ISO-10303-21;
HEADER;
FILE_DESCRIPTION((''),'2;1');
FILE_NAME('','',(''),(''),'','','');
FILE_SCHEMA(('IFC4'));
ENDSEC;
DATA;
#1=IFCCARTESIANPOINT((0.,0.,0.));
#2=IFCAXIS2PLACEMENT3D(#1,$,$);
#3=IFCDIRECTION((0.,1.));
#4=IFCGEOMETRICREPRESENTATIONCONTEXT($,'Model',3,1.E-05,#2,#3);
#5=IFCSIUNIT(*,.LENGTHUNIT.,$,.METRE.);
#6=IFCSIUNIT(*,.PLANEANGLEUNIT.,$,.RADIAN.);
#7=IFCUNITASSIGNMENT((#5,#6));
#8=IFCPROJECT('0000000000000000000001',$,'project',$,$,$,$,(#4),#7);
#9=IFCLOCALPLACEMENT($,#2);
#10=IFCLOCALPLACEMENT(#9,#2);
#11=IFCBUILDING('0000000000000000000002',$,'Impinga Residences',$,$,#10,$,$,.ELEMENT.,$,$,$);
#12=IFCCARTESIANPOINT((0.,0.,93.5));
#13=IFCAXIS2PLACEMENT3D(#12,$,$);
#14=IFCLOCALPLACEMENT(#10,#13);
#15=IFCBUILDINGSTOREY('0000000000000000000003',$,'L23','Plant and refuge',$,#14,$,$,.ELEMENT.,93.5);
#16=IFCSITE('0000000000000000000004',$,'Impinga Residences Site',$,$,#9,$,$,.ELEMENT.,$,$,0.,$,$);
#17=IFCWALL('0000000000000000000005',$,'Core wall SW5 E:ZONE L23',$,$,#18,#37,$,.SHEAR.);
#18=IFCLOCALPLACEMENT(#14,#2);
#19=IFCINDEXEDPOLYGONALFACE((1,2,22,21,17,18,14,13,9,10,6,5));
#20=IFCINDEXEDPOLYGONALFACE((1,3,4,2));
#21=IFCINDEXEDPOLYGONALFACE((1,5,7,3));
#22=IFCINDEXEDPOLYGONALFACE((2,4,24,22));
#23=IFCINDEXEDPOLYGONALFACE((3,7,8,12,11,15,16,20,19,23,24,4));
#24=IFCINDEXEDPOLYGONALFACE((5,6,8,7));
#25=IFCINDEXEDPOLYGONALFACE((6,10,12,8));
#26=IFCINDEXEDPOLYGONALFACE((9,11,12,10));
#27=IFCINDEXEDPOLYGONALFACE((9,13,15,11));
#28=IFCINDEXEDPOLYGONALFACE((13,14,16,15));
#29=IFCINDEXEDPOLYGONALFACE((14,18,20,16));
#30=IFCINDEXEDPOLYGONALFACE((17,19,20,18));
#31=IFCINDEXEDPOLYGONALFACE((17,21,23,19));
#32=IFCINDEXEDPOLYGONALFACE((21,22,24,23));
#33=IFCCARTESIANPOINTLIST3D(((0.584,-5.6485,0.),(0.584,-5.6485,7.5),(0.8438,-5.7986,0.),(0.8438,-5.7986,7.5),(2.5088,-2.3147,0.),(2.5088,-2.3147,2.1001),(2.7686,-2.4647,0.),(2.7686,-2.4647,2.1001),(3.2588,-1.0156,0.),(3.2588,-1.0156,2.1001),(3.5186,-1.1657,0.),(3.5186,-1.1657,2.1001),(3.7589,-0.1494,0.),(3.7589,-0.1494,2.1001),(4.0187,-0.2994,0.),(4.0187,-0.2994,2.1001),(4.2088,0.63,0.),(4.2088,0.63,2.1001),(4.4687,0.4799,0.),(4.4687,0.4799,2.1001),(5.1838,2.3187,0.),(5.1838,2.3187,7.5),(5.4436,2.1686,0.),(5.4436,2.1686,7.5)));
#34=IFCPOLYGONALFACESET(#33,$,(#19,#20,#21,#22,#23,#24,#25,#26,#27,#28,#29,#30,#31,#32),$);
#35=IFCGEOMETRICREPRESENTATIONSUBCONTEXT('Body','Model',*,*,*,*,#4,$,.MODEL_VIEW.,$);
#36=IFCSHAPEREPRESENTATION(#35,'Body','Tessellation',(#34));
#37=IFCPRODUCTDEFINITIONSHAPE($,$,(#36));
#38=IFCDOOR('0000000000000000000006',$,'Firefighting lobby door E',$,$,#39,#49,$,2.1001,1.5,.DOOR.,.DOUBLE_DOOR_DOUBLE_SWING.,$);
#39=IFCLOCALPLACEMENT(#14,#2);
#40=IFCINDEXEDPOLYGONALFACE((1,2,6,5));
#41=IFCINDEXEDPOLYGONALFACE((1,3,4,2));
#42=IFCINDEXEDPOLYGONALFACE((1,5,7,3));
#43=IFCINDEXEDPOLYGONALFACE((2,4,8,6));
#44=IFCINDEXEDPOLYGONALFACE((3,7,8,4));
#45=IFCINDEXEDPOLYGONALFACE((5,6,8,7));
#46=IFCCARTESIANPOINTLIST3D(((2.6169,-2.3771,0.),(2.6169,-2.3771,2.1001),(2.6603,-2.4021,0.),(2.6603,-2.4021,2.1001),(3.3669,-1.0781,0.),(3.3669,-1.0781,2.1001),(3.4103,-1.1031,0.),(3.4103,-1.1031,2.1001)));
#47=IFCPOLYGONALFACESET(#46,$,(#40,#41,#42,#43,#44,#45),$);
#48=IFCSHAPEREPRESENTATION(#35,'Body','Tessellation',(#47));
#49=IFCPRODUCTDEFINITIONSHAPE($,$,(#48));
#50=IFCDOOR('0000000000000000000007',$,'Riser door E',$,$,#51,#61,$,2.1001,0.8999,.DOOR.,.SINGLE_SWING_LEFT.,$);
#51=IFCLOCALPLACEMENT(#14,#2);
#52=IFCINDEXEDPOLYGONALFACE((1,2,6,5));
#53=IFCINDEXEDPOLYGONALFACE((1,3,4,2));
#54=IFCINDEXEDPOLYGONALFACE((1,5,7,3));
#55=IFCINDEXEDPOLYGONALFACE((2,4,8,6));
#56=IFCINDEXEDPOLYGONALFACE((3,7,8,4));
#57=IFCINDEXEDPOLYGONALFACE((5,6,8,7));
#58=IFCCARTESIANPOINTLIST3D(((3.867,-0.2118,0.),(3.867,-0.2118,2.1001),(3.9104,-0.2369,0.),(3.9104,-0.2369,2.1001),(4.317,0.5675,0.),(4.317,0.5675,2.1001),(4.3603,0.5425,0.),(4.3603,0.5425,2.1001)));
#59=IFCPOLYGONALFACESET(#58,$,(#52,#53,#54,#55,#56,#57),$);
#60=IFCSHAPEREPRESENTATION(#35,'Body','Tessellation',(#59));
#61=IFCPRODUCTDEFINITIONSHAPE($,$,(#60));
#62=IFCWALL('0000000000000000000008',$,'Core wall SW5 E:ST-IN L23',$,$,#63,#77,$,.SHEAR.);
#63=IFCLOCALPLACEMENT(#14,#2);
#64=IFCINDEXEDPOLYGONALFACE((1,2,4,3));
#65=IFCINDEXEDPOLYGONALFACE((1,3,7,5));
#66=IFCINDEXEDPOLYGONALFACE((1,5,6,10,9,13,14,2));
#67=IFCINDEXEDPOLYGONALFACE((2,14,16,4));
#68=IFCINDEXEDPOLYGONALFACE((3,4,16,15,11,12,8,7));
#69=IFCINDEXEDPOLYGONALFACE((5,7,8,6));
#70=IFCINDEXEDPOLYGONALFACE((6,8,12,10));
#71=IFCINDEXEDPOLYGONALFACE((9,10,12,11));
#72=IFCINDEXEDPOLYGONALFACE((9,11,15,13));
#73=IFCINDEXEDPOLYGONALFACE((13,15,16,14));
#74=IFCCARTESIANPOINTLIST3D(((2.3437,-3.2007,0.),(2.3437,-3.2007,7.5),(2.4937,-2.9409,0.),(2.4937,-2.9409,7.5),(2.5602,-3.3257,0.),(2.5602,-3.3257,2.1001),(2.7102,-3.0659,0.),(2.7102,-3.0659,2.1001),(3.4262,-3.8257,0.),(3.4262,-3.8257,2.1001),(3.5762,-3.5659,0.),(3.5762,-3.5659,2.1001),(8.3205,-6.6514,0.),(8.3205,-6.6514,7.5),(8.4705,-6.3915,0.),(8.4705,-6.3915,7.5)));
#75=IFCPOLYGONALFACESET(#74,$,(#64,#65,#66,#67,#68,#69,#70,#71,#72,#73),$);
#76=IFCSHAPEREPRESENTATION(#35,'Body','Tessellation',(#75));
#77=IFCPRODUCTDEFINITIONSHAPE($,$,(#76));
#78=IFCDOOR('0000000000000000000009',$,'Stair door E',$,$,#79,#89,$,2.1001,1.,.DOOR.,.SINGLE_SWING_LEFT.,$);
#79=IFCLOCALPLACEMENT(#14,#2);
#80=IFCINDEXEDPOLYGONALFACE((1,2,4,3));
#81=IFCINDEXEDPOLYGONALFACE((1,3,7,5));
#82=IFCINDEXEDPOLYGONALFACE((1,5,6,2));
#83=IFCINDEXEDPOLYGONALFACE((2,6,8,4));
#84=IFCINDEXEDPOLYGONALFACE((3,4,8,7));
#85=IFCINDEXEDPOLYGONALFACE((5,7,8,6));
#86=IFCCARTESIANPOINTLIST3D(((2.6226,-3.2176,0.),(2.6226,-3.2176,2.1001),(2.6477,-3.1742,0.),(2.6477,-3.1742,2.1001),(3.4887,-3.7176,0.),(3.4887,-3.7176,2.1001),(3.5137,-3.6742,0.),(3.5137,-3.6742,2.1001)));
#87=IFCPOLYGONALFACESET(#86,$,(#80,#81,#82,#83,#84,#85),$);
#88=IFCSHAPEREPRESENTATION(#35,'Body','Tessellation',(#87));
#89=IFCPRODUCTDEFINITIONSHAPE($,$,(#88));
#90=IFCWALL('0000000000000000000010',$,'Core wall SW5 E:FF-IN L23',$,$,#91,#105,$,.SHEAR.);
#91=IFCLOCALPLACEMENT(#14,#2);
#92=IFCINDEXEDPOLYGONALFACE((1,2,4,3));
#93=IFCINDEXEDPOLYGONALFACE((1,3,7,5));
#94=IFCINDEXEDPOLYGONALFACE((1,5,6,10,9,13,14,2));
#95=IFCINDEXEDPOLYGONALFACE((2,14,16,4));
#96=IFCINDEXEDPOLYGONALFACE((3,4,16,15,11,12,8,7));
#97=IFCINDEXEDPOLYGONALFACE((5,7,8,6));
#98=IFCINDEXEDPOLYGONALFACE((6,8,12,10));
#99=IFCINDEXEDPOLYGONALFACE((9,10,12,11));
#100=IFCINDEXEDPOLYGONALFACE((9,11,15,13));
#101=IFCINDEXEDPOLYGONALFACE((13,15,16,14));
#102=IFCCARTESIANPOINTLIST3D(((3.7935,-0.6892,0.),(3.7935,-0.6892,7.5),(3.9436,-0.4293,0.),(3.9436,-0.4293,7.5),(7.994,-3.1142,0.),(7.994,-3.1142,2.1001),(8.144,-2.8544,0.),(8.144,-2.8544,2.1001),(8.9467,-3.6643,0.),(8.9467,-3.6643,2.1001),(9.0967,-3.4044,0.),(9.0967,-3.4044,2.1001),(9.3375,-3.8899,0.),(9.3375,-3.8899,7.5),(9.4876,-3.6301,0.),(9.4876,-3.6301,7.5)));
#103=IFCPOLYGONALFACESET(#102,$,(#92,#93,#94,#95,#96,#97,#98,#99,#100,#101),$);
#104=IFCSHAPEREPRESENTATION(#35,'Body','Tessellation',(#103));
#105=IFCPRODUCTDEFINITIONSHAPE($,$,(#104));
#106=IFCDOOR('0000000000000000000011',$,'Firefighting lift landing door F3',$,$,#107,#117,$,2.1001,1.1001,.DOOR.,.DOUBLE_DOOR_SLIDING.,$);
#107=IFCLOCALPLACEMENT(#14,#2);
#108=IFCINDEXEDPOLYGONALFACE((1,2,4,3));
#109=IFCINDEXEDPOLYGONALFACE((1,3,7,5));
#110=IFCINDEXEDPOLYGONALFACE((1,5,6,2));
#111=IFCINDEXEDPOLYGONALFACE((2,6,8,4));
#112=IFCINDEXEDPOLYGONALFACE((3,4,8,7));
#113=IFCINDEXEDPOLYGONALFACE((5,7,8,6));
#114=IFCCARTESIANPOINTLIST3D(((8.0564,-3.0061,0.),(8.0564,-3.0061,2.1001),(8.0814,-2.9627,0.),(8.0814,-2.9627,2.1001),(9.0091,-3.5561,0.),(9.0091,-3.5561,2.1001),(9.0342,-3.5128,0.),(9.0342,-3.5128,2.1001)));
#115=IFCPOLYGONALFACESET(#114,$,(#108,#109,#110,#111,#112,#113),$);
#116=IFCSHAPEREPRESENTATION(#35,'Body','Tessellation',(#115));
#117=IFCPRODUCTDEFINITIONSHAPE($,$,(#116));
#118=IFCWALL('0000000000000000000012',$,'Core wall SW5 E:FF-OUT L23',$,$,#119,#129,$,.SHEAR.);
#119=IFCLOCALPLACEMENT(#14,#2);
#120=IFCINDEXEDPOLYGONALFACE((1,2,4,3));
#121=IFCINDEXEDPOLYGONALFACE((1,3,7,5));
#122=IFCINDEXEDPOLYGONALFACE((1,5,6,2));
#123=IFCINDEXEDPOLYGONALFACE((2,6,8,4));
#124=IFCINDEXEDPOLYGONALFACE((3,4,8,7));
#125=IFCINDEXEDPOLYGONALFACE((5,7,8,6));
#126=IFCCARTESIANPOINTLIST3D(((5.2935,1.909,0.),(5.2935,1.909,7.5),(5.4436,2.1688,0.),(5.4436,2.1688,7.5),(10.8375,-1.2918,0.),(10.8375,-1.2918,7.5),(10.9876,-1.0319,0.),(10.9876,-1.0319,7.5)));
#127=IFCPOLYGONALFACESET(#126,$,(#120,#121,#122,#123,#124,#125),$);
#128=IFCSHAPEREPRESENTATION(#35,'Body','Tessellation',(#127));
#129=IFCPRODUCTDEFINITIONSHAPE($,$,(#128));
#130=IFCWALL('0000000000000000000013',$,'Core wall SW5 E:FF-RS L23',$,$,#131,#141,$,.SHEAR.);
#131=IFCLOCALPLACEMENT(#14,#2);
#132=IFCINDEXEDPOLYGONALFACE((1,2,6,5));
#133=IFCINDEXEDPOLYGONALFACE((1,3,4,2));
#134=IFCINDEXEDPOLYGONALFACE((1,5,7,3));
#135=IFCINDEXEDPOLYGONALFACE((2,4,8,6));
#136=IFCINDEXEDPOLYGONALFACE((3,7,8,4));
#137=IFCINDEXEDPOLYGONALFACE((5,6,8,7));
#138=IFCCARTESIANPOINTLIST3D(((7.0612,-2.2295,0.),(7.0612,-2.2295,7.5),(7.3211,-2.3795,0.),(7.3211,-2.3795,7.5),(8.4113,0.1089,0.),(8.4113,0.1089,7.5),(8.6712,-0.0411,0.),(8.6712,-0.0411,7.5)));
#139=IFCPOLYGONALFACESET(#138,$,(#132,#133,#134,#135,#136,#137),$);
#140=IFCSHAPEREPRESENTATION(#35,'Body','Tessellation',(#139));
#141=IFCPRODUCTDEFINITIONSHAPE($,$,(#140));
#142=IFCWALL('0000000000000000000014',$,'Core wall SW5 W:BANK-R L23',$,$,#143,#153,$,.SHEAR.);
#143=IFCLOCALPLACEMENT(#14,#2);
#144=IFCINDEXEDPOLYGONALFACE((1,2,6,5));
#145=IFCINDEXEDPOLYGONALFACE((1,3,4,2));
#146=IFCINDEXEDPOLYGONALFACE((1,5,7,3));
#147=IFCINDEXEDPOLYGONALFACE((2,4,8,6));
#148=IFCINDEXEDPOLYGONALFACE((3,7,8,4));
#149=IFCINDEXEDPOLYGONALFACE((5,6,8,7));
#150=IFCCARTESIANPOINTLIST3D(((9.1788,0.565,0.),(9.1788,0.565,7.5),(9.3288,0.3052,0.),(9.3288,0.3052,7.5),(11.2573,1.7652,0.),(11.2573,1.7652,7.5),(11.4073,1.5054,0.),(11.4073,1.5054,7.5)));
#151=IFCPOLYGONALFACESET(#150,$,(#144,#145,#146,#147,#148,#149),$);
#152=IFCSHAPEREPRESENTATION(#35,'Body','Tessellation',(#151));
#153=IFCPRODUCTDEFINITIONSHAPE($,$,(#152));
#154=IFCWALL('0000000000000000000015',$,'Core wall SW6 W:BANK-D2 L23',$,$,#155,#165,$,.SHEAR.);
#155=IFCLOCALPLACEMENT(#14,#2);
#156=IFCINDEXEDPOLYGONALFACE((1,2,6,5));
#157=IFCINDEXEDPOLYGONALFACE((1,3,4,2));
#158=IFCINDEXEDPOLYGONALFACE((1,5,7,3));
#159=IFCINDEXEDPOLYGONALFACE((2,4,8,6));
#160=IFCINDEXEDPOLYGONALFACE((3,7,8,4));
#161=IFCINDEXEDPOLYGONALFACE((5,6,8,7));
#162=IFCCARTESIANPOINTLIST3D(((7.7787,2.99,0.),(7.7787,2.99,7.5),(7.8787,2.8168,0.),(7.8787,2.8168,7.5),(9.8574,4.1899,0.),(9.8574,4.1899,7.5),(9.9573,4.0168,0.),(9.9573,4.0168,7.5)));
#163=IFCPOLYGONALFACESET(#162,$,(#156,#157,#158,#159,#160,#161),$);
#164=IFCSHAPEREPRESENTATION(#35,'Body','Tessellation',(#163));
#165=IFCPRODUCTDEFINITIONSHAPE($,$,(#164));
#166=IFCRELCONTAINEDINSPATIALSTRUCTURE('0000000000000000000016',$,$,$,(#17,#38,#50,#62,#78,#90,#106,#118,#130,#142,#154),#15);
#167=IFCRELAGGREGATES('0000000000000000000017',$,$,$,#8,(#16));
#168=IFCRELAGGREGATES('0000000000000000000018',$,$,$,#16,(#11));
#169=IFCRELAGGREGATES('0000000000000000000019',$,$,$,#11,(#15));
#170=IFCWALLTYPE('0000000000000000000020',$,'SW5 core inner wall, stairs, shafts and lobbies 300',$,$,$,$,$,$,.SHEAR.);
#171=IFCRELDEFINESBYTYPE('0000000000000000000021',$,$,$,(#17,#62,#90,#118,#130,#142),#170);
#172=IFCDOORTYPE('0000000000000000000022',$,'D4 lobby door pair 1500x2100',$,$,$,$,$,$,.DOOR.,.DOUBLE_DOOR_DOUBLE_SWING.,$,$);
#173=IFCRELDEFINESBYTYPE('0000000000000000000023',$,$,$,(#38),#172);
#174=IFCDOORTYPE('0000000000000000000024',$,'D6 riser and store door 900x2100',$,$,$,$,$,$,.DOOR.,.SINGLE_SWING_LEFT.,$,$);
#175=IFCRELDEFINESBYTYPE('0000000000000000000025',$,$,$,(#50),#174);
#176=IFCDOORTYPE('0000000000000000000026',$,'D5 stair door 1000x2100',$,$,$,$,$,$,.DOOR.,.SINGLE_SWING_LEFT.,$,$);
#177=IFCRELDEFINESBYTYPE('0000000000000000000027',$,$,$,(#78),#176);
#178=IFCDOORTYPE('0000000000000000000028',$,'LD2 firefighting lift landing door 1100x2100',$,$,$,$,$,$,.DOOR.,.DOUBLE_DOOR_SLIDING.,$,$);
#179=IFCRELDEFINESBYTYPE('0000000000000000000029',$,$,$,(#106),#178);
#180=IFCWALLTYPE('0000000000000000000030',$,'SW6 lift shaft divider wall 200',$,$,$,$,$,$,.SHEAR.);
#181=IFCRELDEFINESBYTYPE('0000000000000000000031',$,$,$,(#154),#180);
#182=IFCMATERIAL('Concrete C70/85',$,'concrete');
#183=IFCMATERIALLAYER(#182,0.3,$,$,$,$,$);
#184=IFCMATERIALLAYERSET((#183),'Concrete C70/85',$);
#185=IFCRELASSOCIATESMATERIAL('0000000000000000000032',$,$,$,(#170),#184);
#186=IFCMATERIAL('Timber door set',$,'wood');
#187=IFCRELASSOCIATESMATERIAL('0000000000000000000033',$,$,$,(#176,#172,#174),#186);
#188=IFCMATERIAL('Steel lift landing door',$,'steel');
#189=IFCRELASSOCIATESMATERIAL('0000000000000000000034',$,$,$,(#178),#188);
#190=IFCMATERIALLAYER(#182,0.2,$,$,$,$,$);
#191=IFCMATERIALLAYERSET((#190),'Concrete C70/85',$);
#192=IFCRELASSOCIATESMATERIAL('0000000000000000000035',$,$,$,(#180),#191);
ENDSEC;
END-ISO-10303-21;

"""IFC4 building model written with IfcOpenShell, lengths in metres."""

from ifc_helpers import new_model, si_unit, direction, frame, frame_2d, origin, place, context, subcontext, project, spatial, rectangle, extrude, material, layer, layer_set, type_object, element, fill, save


model = new_model("IFC4")

# Units and contexts
model_context = context("Model", 3, precision=1e-05, world=origin(), true_north=direction((0.0, 1.0)))
body_context = subcontext(model_context, "Body", "Model", "MODEL_VIEW")
ifc_project = project(units=[si_unit("LENGTHUNIT", "METRE"), si_unit("PLANEANGLEUNIT", "RADIAN")], contexts=[model_context])

# Site, building, storey
site_placement = place(None, origin())
site = spatial("IfcSite", under=ifc_project, at=site_placement, Name="Impinga Residences Site", CompositionType="ELEMENT", RefElevation=0.0)
building_placement = place(site_placement, origin())
building = spatial("IfcBuilding", under=site, at=building_placement, Name="Impinga Residences", CompositionType="ELEMENT")
storey_placement = place(building_placement, frame((0.0, 0.0, 93.5)))
storey = spatial("IfcBuildingStorey", under=building, at=storey_placement, Name="L23", Description="Plant and refuge", CompositionType="ELEMENT", Elevation=93.5)

# Shared definitions
ifc_material_1 = material(Name="Timber door set", Category="wood")
ifc_material_2 = material(Name="Concrete C70/85", Category="concrete")
ifc_layer_1 = layer(ifc_material_2, 0.3)
ifc_layer_set_1 = layer_set([ifc_layer_1], Name="Concrete C70/85")
wall_type_1 = type_object("IfcWallType", Name="SW5 core inner wall, stairs, shafts and lobbies 300", PredefinedType="SHEAR", material=ifc_layer_set_1)
door_type_1 = type_object("IfcDoorType", Name="D5 stair door 1000x2100", OperationType="SINGLE_SWING_LEFT", PredefinedType="DOOR", material=ifc_material_1)

# Wall, openings, doors
wall_1_placement = place(storey_placement, frame((5.3137, 2.2437, 0.0), z_axis=(0.0, 0.0, 1.0), x_axis=(-0.499995, -0.866028, 0.0)))
wall_1 = element("IfcWall", 1, at=wall_1_placement, inside=storey, type_object=wall_type_1, Name="Core wall SW5 E:ZONE L23", PredefinedType="SHEAR", context=body_context, shape_type="SweptSolid", body=[
    extrude(rectangle(XDim=9.1997, YDim=0.3, at=frame_2d((4.5999, 0.0))), origin(), (0.0, 0.0, 1.0), 7.5),
])
opening_1_placement = place(wall_1_placement, frame((3.8501, 0.0, 0.0)))
opening_1 = element("IfcOpeningElement", 2, at=opening_1_placement, cuts=wall_1, PredefinedType="OPENING", context=body_context, shape_type="SweptSolid", body=[
    extrude(rectangle(XDim=1.5, YDim=2.1001, at=frame_2d((0.75, 1.05))), frame((0.0, 0.1599, 0.0), z_axis=(0.0, -1.0, 0.0), x_axis=(1.0, 0.0, 0.0)), (0.0, 0.0, 1.0), 0.3201),
])
opening_2_placement = place(wall_1_placement, frame((1.95, 0.0, 0.0)))
opening_2 = element("IfcOpeningElement", 3, at=opening_2_placement, cuts=wall_1, PredefinedType="OPENING", context=body_context, shape_type="SweptSolid", body=[
    extrude(rectangle(XDim=0.8999, YDim=2.1001, at=frame_2d((0.45, 1.05))), frame((0.0, 0.1599, 0.0), z_axis=(0.0, -1.0, 0.0), x_axis=(1.0, 0.0, 0.0)), (0.0, 0.0, 1.0), 0.3201),
])
door_type_2 = type_object("IfcDoorType", Name="D4 lobby door pair 1500x2100", OperationType="DOUBLE_DOOR_DOUBLE_SWING", PredefinedType="DOOR", material=ifc_material_1)
door_1_placement = place(opening_1_placement, origin())
door_1 = element("IfcDoor", 4, at=door_1_placement, inside=storey, type_object=door_type_2, Name="Firefighting lobby door E", OperationType="DOUBLE_DOOR_DOUBLE_SWING", OverallHeight=2.1001, OverallWidth=1.5, PredefinedType="DOOR", context=body_context, shape_type="SweptSolid", body=[
    extrude(rectangle(XDim=1.5, YDim=2.1001, at=frame_2d((0.75, 1.05))), frame((0.0, 0.0249, 0.0), z_axis=(0.0, -1.0, 0.0), x_axis=(1.0, 0.0, 0.0)), (0.0, 0.0, 1.0), 0.05),
])
fill(opening_1, door_1)
door_type_3 = type_object("IfcDoorType", Name="D6 riser and store door 900x2100", OperationType="SINGLE_SWING_LEFT", PredefinedType="DOOR", material=ifc_material_1)
door_2_placement = place(opening_2_placement, origin())
door_2 = element("IfcDoor", 5, at=door_2_placement, inside=storey, type_object=door_type_3, Name="Riser door E", OperationType="SINGLE_SWING_LEFT", OverallHeight=2.1001, OverallWidth=0.8999, PredefinedType="DOOR", context=body_context, shape_type="SweptSolid", body=[
    extrude(rectangle(XDim=0.8999, YDim=2.1001, at=frame_2d((0.45, 1.05))), frame((0.0, 0.0249, 0.0), z_axis=(0.0, -1.0, 0.0), x_axis=(1.0, 0.0, 0.0)), (0.0, 0.0, 1.0), 0.05),
])
fill(opening_2, door_2)

# Walls, openings, doors
wall_2_placement = place(storey_placement, frame((2.4187, -3.0708, 0.0), z_axis=(0.0, 0.0, 1.0), x_axis=(0.866027, -0.499997, 0.0)))
wall_2 = element("IfcWall", 6, at=wall_2_placement, inside=storey, type_object=wall_type_1, Name="Core wall SW5 E:ST-IN L23", PredefinedType="SHEAR", context=body_context, shape_type="SweptSolid", body=[
    extrude(rectangle(XDim=6.9014, YDim=0.3, at=frame_2d((3.4507, 0.0))), origin(), (0.0, 0.0, 1.0), 7.5),
])
opening_3_placement = place(wall_2_placement, frame((0.25, 0.0, 0.0)))
opening_3 = element("IfcOpeningElement", 7, at=opening_3_placement, cuts=wall_2, PredefinedType="OPENING", context=body_context, shape_type="SweptSolid", body=[
    extrude(rectangle(XDim=1.0, YDim=2.1001, at=frame_2d((0.5, 1.05))), frame((0.0, 0.1599, 0.0), z_axis=(0.0, -1.0, 0.0), x_axis=(1.0, 0.0, 0.0)), (0.0, 0.0, 1.0), 0.3201),
])
door_3_placement = place(opening_3_placement, origin())
door_3 = element("IfcDoor", 8, at=door_3_placement, inside=storey, type_object=door_type_1, Name="Stair door E", OperationType="SINGLE_SWING_LEFT", OverallHeight=2.1001, OverallWidth=1.0, PredefinedType="DOOR", context=body_context, shape_type="SweptSolid", body=[
    extrude(rectangle(XDim=1.0, YDim=2.1001, at=frame_2d((0.5, 1.05))), frame((0.0, 0.0249, 0.0), z_axis=(0.0, -1.0, 0.0), x_axis=(1.0, 0.0, 0.0)), (0.0, 0.0, 1.0), 0.05),
])
fill(opening_3, door_3)
wall_3_placement = place(storey_placement, frame((3.8687, -0.5593, 0.0), z_axis=(0.0, 0.0, 1.0), x_axis=(0.866033, -0.499987, 0.0)))
wall_3 = element("IfcWall", 9, at=wall_3_placement, inside=storey, type_object=wall_type_1, Name="Core wall SW5 E:FF-IN L23", PredefinedType="SHEAR", context=body_context, shape_type="SweptSolid", body=[
    extrude(rectangle(XDim=6.4016, YDim=0.3, at=frame_2d((3.2007, 0.0))), origin(), (0.0, 0.0, 1.0), 7.5),
])
opening_4_placement = place(wall_3_placement, frame((4.8501, 0.0, 0.0)))
opening_4 = element("IfcOpeningElement", 10, at=opening_4_placement, cuts=wall_3, PredefinedType="OPENING", context=body_context, shape_type="SweptSolid", body=[
    extrude(rectangle(XDim=1.1001, YDim=2.1001, at=frame_2d((0.55, 1.05))), frame((0.0, 0.1599, 0.0), z_axis=(0.0, -1.0, 0.0), x_axis=(1.0, 0.0, 0.0)), (0.0, 0.0, 1.0), 0.3201),
])
ifc_material_3 = material(Name="Steel lift landing door", Category="steel")
door_type_4 = type_object("IfcDoorType", Name="LD2 firefighting lift landing door 1100x2100", OperationType="DOUBLE_DOOR_SLIDING", PredefinedType="DOOR", material=ifc_material_3)
door_4_placement = place(opening_4_placement, origin())
door_4 = element("IfcDoor", 11, at=door_4_placement, inside=storey, type_object=door_type_4, Name="Firefighting lift landing door F3", OperationType="DOUBLE_DOOR_SLIDING", OverallHeight=2.1001, OverallWidth=1.1001, PredefinedType="DOOR", context=body_context, shape_type="SweptSolid", body=[
    extrude(rectangle(XDim=1.1001, YDim=2.1001, at=frame_2d((0.55, 1.05))), frame((0.0, 0.0249, 0.0), z_axis=(0.0, -1.0, 0.0), x_axis=(1.0, 0.0, 0.0)), (0.0, 0.0, 1.0), 0.05),
])
fill(opening_4, door_4)

# Walls
wall_4_placement = place(storey_placement, frame((5.3687, 2.0388, 0.0), z_axis=(0.0, 0.0, 1.0), x_axis=(0.866033, -0.499987, 0.0)))
element("IfcWall", 12, at=wall_4_placement, inside=storey, type_object=wall_type_1, Name="Core wall SW5 E:FF-OUT L23", PredefinedType="SHEAR", context=body_context, shape_type="SweptSolid", body=[
    extrude(rectangle(XDim=6.4016, YDim=0.3, at=frame_2d((3.2007, 0.0))), origin(), (0.0, 0.0, 1.0), 7.5),
])
wall_5_placement = place(storey_placement, frame((8.5413, 0.0339, 0.0), z_axis=(0.0, 0.0, 1.0), x_axis=(-0.500009, -0.86602, 0.0)))
element("IfcWall", 13, at=wall_5_placement, inside=storey, type_object=wall_type_1, Name="Core wall SW5 E:FF-RS L23", PredefinedType="SHEAR", context=body_context, shape_type="SweptSolid", body=[
    extrude(rectangle(XDim=2.7002, YDim=0.3, at=frame_2d((1.3501, 0.0))), origin(), (0.0, 0.0, 1.0), 7.5),
])
wall_6_placement = place(storey_placement, frame((9.2537, 0.4351, 0.0), z_axis=(0.0, 0.0, 1.0), x_axis=(0.866006, 0.500034, 0.0)))
element("IfcWall", 14, at=wall_6_placement, inside=storey, type_object=wall_type_1, Name="Core wall SW5 W:BANK-R L23", PredefinedType="SHEAR", context=body_context, shape_type="SweptSolid", body=[
    extrude(rectangle(XDim=2.4001, YDim=0.3, at=frame_2d((1.2002, 0.0))), origin(), (0.0, 0.0, 1.0), 7.5),
])
ifc_layer_2 = layer(ifc_material_2, 0.2)
ifc_layer_set_2 = layer_set([ifc_layer_2], Name="Concrete C70/85")
wall_type_2 = type_object("IfcWallType", Name="SW6 lift shaft divider wall 200", PredefinedType="SHEAR", material=ifc_layer_set_2)
wall_7_placement = place(storey_placement, frame((7.8286, 2.9033, 0.0), z_axis=(0.0, 0.0, 1.0), x_axis=(0.86605, 0.499957, 0.0)))
element("IfcWall", 15, at=wall_7_placement, inside=storey, type_object=wall_type_2, Name="Core wall SW6 W:BANK-D2 L23", PredefinedType="SHEAR", context=body_context, shape_type="SweptSolid", body=[
    extrude(rectangle(XDim=2.4001, YDim=0.2, at=frame_2d((1.2002, 0.0))), origin(), (0.0, 0.0, 1.0), 7.5),
])

save(model, "model.ifc")
